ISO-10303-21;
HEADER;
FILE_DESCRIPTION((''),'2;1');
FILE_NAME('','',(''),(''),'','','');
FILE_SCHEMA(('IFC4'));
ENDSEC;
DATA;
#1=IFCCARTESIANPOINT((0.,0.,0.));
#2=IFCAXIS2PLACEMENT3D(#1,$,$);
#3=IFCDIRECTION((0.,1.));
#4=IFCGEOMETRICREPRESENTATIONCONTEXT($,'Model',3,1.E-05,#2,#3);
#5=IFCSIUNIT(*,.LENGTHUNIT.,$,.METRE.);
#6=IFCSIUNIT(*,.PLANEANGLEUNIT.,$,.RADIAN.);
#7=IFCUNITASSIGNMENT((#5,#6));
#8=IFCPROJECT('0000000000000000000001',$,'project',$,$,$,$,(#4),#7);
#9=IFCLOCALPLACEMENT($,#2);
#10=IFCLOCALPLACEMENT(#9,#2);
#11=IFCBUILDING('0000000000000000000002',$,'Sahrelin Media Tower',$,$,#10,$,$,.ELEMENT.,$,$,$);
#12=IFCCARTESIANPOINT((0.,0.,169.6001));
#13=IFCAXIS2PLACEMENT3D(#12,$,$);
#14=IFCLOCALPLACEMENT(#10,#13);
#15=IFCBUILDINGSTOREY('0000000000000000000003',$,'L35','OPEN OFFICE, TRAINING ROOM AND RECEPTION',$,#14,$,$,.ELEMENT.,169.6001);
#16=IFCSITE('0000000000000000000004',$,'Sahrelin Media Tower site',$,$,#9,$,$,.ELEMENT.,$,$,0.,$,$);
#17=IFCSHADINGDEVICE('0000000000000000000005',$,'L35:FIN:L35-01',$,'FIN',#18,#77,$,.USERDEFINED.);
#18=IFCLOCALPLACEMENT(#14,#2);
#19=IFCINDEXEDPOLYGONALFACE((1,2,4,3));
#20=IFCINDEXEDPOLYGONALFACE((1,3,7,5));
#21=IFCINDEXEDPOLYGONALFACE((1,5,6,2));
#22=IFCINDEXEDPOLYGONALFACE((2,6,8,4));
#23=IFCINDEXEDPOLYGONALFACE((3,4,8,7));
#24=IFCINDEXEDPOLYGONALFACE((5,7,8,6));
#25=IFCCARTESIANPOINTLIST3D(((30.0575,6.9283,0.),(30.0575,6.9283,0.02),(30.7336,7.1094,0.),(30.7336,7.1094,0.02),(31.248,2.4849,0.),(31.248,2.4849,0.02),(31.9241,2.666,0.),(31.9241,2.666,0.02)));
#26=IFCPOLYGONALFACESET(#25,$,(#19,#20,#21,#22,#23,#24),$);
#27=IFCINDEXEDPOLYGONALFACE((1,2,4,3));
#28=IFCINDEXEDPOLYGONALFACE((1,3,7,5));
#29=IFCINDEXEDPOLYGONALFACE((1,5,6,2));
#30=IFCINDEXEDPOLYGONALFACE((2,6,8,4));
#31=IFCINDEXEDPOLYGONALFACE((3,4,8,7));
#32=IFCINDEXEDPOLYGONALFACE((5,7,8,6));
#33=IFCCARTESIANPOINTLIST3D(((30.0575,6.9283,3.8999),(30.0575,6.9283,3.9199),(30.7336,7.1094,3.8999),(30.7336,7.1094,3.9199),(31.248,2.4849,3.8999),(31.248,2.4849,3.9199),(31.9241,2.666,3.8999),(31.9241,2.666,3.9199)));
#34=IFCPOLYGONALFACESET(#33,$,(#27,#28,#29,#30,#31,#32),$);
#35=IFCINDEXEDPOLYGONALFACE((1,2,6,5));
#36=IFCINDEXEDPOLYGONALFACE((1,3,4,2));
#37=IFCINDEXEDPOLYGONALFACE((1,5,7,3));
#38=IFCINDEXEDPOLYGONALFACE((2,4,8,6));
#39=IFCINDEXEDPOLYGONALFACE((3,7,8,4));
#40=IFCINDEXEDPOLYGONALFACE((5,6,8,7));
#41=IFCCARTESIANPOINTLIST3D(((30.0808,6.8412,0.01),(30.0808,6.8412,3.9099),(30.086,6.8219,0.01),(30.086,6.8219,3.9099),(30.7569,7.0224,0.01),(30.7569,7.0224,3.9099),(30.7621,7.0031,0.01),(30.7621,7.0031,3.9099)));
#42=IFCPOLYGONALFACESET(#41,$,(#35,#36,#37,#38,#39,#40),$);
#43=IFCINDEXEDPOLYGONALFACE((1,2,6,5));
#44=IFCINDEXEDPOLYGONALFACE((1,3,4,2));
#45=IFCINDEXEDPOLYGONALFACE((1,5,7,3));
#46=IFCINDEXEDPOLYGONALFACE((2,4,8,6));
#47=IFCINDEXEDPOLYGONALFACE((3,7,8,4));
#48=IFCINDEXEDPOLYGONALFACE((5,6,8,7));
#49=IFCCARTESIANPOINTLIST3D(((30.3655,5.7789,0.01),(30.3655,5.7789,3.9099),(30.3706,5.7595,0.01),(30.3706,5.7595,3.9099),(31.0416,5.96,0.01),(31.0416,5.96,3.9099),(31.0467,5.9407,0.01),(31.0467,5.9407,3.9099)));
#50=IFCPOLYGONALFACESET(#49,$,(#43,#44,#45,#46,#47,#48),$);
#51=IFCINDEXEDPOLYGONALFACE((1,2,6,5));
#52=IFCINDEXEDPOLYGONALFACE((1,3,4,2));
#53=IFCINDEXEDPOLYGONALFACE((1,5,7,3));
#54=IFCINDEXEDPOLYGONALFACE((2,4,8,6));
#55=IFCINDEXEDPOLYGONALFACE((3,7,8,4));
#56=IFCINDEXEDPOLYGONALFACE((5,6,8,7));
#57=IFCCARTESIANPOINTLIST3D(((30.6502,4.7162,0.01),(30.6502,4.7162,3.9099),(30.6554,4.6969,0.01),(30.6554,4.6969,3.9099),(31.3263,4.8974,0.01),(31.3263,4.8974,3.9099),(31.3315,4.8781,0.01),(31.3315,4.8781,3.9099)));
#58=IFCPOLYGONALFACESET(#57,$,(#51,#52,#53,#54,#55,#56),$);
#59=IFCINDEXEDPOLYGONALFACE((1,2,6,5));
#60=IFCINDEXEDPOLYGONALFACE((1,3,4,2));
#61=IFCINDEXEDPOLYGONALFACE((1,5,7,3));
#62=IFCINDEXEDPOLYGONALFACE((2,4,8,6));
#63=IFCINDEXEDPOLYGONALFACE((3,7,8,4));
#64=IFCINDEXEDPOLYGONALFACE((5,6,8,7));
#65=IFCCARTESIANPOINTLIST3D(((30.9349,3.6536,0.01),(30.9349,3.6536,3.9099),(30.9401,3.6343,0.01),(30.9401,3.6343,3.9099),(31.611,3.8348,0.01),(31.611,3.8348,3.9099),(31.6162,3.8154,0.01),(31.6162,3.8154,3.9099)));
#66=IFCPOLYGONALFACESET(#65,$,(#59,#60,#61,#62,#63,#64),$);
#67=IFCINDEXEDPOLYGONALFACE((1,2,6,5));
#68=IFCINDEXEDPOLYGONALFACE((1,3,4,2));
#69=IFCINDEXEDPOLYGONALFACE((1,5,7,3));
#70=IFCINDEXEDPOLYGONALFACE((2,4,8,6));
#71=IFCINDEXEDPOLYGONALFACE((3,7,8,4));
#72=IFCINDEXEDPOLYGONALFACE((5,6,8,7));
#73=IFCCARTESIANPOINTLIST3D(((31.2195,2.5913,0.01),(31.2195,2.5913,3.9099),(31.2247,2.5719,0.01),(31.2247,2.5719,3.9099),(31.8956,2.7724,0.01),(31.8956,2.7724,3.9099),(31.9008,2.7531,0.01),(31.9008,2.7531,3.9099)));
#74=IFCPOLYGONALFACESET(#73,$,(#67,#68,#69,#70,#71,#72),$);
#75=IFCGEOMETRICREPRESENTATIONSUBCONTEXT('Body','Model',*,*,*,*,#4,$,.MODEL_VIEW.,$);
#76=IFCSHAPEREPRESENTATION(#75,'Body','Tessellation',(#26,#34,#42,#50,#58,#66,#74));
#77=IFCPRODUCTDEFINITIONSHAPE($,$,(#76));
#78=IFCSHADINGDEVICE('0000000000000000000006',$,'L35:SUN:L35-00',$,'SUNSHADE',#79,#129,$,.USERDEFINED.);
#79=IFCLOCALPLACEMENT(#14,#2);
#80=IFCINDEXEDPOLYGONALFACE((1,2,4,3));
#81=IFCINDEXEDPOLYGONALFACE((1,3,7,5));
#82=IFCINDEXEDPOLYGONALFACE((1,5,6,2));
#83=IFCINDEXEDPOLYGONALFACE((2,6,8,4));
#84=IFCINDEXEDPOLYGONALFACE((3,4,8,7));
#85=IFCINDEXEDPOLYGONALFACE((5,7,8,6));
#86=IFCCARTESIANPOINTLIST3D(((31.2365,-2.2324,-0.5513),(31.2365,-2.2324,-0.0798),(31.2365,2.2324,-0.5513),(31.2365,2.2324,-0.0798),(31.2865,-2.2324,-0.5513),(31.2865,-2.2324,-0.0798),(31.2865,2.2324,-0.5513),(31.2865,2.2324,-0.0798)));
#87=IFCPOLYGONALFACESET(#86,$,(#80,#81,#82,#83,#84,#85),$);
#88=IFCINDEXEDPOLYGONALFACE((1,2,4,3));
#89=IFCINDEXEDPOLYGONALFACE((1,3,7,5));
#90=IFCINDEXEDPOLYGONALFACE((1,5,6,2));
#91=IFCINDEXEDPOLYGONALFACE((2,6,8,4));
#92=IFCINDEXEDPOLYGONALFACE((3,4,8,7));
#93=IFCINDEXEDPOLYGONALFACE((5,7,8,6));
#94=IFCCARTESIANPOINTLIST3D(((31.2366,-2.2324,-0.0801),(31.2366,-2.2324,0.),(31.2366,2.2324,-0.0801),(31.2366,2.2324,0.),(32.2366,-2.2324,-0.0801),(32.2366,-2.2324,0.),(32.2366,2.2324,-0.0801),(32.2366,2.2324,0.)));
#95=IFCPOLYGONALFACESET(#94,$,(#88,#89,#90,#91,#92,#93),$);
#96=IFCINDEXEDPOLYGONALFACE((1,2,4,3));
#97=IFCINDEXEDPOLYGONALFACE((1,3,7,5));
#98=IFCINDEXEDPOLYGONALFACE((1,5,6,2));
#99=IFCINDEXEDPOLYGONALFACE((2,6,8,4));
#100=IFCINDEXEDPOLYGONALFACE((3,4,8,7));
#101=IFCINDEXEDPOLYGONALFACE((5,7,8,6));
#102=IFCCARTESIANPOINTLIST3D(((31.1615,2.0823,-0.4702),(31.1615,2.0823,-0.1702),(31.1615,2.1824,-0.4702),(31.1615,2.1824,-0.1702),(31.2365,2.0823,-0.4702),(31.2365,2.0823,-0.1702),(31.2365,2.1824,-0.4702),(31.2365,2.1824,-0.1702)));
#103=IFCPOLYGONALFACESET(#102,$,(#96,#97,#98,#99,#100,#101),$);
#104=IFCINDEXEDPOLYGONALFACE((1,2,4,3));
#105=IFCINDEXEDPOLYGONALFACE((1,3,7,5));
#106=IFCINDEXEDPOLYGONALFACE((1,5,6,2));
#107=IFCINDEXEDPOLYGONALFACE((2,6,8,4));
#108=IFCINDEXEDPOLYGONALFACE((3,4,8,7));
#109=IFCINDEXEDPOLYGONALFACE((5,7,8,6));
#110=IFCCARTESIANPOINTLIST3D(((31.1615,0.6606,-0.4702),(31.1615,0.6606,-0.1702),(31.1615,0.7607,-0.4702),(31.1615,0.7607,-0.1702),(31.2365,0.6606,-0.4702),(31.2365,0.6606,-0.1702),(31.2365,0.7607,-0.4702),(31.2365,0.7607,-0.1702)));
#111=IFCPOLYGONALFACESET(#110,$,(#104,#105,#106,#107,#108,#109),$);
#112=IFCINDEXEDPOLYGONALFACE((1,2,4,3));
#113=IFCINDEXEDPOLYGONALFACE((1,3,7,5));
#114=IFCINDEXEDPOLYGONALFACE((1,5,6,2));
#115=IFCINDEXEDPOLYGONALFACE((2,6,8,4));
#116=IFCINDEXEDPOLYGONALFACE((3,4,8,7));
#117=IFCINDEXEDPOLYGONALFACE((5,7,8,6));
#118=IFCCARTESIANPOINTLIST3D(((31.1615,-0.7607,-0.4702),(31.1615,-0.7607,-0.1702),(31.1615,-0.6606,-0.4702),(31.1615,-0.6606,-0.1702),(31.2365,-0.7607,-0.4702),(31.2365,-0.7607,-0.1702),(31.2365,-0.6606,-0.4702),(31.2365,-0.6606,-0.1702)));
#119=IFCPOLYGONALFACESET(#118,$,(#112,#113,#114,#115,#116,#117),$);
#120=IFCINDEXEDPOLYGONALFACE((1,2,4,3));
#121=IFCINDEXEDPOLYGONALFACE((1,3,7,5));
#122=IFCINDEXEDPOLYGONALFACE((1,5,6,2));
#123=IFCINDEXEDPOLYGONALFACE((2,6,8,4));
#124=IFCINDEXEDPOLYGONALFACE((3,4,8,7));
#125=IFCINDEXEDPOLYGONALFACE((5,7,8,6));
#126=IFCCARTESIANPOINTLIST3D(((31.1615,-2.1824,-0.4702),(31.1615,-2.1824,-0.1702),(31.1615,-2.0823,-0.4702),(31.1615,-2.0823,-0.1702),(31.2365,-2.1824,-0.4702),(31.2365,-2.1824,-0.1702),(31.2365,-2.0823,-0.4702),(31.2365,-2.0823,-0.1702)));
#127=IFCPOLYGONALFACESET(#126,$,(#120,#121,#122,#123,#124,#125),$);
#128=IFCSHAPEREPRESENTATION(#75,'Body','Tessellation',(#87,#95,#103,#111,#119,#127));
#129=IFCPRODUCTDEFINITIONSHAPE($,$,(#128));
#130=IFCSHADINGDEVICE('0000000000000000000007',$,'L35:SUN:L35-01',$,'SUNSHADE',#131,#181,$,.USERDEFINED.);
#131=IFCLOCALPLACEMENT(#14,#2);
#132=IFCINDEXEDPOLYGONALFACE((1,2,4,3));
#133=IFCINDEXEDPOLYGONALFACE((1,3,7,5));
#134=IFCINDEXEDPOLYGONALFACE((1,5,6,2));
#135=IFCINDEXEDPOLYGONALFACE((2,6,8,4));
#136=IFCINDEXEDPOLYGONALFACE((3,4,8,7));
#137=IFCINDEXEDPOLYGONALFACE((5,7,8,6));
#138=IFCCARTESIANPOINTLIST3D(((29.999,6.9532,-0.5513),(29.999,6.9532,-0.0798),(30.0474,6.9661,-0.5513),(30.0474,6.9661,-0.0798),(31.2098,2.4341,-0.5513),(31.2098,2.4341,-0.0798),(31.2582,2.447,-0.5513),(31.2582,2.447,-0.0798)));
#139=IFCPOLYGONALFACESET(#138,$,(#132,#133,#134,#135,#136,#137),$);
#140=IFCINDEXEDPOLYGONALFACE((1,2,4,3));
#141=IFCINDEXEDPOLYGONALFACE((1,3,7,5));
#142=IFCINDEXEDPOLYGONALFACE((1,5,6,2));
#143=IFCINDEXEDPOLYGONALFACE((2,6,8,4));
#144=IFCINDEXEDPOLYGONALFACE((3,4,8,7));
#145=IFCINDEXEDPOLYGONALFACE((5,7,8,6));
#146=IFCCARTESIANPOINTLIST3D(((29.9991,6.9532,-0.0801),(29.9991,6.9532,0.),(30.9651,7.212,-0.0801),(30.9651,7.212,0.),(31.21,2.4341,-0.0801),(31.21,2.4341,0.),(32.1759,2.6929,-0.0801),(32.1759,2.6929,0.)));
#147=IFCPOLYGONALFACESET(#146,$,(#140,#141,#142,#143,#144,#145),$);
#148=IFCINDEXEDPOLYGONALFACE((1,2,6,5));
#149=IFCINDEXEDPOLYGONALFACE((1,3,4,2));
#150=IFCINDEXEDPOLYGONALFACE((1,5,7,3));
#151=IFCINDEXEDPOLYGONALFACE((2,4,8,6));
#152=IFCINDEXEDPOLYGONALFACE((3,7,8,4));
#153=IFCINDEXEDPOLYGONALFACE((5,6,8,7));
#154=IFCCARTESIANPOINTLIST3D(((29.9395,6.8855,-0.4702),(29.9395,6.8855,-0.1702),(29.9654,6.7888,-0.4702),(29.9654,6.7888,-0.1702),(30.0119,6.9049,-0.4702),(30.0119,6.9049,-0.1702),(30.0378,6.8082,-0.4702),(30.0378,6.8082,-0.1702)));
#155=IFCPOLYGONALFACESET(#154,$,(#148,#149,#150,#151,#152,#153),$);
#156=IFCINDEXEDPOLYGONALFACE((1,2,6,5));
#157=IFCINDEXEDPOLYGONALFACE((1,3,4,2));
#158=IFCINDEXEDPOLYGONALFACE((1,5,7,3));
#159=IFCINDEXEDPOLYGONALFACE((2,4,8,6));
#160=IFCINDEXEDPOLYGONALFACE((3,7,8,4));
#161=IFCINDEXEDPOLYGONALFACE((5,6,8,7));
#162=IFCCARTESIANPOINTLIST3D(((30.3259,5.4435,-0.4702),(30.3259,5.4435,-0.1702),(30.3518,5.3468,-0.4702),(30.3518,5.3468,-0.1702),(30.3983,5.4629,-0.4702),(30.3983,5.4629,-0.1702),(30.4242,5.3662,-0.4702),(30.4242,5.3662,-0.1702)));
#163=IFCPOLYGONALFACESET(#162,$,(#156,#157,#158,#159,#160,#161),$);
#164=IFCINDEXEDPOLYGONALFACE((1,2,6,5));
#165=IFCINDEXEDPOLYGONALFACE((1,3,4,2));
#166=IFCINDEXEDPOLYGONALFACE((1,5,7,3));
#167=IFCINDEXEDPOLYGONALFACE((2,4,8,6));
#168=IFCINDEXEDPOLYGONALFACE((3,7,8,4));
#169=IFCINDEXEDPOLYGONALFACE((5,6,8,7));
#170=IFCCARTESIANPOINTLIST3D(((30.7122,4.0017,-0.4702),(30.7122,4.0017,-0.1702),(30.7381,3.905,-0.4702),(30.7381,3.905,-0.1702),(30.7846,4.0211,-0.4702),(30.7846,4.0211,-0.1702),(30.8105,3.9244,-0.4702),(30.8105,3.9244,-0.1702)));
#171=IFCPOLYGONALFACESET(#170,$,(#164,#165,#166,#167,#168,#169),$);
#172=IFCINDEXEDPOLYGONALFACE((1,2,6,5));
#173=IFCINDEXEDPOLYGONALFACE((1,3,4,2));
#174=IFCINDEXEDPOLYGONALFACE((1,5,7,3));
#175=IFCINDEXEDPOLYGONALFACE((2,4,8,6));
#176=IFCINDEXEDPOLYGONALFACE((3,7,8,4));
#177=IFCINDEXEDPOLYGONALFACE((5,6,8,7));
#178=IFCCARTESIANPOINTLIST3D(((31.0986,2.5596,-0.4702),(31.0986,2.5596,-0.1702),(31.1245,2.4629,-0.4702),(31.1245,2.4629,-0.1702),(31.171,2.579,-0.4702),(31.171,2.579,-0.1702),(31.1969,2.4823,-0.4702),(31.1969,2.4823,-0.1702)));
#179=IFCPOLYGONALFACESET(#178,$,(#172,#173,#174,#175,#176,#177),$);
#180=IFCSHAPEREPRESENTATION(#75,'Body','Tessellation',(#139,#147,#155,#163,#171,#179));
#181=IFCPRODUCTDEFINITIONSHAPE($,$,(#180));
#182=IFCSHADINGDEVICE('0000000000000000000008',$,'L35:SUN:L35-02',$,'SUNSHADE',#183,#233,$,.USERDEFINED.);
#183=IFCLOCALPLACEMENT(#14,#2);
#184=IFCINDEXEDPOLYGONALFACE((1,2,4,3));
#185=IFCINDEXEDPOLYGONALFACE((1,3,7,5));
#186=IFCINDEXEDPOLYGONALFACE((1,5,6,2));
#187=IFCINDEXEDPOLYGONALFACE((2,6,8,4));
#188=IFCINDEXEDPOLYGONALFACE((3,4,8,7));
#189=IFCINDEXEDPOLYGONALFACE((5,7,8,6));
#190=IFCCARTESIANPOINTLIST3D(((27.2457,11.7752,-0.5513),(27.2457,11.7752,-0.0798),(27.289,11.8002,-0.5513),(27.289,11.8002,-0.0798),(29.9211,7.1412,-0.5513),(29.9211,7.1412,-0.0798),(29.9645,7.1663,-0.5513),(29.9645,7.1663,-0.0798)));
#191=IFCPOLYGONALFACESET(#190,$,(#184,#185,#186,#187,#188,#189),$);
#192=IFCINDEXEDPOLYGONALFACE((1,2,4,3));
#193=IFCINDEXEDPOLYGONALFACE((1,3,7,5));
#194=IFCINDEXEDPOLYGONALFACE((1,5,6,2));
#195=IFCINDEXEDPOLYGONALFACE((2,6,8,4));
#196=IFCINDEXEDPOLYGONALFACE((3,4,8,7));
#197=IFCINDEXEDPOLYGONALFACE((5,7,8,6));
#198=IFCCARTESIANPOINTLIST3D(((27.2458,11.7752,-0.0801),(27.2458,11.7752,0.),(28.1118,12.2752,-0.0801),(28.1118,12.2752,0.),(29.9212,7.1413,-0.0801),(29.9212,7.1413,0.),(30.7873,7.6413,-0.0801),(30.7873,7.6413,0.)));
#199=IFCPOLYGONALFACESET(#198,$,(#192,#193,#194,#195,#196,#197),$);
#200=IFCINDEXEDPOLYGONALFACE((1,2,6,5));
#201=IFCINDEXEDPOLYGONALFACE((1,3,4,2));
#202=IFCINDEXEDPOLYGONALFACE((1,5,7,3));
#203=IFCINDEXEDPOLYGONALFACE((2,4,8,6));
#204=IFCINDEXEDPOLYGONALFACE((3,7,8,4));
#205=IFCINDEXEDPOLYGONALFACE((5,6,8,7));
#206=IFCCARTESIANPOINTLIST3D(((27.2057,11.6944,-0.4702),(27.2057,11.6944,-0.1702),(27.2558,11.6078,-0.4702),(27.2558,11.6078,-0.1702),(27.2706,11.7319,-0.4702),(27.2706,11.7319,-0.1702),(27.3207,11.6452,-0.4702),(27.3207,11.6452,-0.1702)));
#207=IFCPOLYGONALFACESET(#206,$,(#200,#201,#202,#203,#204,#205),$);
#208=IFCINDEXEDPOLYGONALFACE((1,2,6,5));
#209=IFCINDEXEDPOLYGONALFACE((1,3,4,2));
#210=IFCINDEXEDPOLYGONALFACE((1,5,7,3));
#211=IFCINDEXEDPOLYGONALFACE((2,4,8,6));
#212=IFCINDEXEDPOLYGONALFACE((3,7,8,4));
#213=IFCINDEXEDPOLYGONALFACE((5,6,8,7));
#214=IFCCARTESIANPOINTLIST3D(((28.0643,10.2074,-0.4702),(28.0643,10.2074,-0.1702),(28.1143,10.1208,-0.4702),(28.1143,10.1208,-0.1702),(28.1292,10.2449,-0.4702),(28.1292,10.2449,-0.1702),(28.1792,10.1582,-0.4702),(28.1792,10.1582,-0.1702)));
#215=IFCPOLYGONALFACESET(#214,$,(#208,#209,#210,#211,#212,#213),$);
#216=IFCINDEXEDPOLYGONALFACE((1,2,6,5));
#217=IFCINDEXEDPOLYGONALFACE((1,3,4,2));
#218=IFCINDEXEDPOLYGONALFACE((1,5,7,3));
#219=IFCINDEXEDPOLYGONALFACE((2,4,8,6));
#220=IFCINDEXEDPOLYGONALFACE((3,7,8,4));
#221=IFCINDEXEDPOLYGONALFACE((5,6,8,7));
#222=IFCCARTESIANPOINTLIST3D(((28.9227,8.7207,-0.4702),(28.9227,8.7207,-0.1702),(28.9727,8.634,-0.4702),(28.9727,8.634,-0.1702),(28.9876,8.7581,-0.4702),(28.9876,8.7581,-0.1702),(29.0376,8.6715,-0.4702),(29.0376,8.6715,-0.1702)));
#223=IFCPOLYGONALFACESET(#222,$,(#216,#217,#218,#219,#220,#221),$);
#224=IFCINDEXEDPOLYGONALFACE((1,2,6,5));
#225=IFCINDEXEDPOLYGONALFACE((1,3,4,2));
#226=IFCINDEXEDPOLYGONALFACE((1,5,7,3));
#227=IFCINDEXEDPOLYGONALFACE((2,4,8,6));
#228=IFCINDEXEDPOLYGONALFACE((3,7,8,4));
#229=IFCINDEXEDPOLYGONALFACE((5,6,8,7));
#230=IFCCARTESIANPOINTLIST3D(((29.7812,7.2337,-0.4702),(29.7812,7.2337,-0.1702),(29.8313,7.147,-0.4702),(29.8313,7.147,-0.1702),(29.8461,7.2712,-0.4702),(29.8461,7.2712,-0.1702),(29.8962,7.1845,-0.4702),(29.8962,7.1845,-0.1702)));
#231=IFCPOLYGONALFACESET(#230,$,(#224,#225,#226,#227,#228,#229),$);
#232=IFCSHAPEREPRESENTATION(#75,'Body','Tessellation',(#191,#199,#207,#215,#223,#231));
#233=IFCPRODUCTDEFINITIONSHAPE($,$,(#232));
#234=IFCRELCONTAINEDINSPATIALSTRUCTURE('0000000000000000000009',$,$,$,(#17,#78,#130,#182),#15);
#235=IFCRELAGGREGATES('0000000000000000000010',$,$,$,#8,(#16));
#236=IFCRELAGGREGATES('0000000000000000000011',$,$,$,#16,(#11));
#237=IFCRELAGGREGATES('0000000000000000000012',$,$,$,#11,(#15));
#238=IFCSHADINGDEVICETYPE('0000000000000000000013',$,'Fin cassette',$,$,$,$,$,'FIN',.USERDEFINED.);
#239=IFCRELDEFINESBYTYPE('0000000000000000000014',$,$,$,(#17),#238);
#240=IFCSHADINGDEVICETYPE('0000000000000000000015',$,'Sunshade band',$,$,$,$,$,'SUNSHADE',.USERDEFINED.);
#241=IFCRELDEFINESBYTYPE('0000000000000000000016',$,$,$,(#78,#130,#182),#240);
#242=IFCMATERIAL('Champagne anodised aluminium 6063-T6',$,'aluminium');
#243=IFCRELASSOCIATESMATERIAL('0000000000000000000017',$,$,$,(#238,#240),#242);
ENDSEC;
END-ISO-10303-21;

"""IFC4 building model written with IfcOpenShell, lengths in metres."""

from ifc_helpers import new_model, si_unit, direction, frame, origin, origin_2d, place, context, subcontext, project, spatial, rectangle, extrude, material, type_object, element, save


model = new_model("IFC4")

# Units and contexts
model_context = context("Model", 3, precision=1e-05, world=origin(), true_north=direction((0.0, 1.0)))
body_context = subcontext(model_context, "Body", "Model", "MODEL_VIEW")
ifc_project = project(units=[si_unit("LENGTHUNIT", "METRE"), si_unit("PLANEANGLEUNIT", "RADIAN")], contexts=[model_context])

# Site, building, storey
site_placement = place(None, origin())
site = spatial("IfcSite", under=ifc_project, at=site_placement, Name="Sahrelin Media Tower site", CompositionType="ELEMENT", RefElevation=0.0)
building_placement = place(site_placement, origin())
building = spatial("IfcBuilding", under=site, at=building_placement, Name="Sahrelin Media Tower", CompositionType="ELEMENT")
storey_placement = place(building_placement, frame((0.0, 0.0, 169.6001)))
storey = spatial("IfcBuildingStorey", under=building, at=storey_placement, Name="L35", Description="OPEN OFFICE, TRAINING ROOM AND RECEPTION", CompositionType="ELEMENT", Elevation=169.6001)

# Shared definitions
ifc_material_1 = material(Name="Champagne anodised aluminium 6063-T6", Category="aluminium")

# Shading devices
shading_device_type_1 = type_object("IfcShadingDeviceType", Name="Fin cassette", ElementType="FIN", PredefinedType="USERDEFINED", material=ifc_material_1)
placement_1 = place(storey_placement, frame((31.2166, 0.0, 0.0), z_axis=(0.0, 0.0, 1.0), x_axis=(0.0, -1.0, 0.0)))
placement_2 = place(storey_placement, frame((30.5852, 4.6885, 0.0), z_axis=(0.0, 0.0, 1.0), x_axis=(0.258808, -0.965929, 0.0)))
element("IfcShadingDevice", 1, at=placement_2, inside=storey, type_object=shading_device_type_1, Name="L35:FIN:L35-01", ObjectType="FIN", PredefinedType="USERDEFINED", context=body_context, shape_type="SweptSolid", body=[
    extrude(rectangle(XDim=4.6001, YDim=0.7, at=origin_2d()), frame((0.0, 0.4199, 0.0)), (0.0, 0.0, 1.0), 0.02),
    extrude(rectangle(XDim=4.6001, YDim=0.7, at=origin_2d()), frame((0.0, 0.4199, 3.8999)), (0.0, 0.0, 1.0), 0.02),
    extrude(rectangle(XDim=0.02, YDim=0.7, at=origin_2d()), frame((-2.2, 0.4199, 0.01), z_axis=(0.0, 0.0, 1.0), x_axis=(1.0, 0.0, 0.0)), (0.0, 0.0, 1.0), 3.8999),
    extrude(rectangle(XDim=0.02, YDim=0.7, at=origin_2d()), frame((-1.1001, 0.4199, 0.01), z_axis=(0.0, 0.0, 1.0), x_axis=(1.0, 0.0, 0.0)), (0.0, 0.0, 1.0), 3.8999),
    extrude(rectangle(XDim=0.02, YDim=0.7, at=origin_2d()), frame((0.0, 0.4199, 0.01), z_axis=(0.0, 0.0, 1.0), x_axis=(1.0, 0.0, 0.0)), (0.0, 0.0, 1.0), 3.8999),
    extrude(rectangle(XDim=0.02, YDim=0.7, at=origin_2d()), frame((1.1001, 0.4199, 0.01), z_axis=(0.0, 0.0, 1.0), x_axis=(1.0, 0.0, 0.0)), (0.0, 0.0, 1.0), 3.8999),
    extrude(rectangle(XDim=0.02, YDim=0.7, at=origin_2d()), frame((2.2, 0.4199, 0.01), z_axis=(0.0, 0.0, 1.0), x_axis=(1.0, 0.0, 0.0)), (0.0, 0.0, 1.0), 3.8999),
])
shading_device_type_2 = type_object("IfcShadingDeviceType", Name="Sunshade band", ElementType="SUNSHADE", PredefinedType="USERDEFINED", material=ifc_material_1)
element("IfcShadingDevice", 2, at=placement_1, inside=storey, type_object=shading_device_type_2, Name="L35:SUN:L35-00", ObjectType="SUNSHADE", PredefinedType="USERDEFINED", context=body_context, shape_type="SweptSolid", body=[
    extrude(rectangle(XDim=4.4648, YDim=0.05, at=origin_2d()), frame((0.0, 0.0449, -0.5513)), (0.0, 0.0, 1.0), 0.4714),
    extrude(rectangle(XDim=4.4648, YDim=1.0, at=origin_2d()), frame((0.0, 0.52, -0.0801)), (0.0, 0.0, 1.0), 0.0801),
    extrude(rectangle(XDim=0.1001, YDim=0.075, at=origin_2d()), frame((-2.1323, -0.0176, -0.4702)), (0.0, 0.0, 1.0), 0.3),
    extrude(rectangle(XDim=0.1001, YDim=0.075, at=origin_2d()), frame((-0.7107, -0.0176, -0.4702)), (0.0, 0.0, 1.0), 0.3),
    extrude(rectangle(XDim=0.1001, YDim=0.075, at=origin_2d()), frame((0.7107, -0.0176, -0.4702)), (0.0, 0.0, 1.0), 0.3),
    extrude(rectangle(XDim=0.1001, YDim=0.075, at=origin_2d()), frame((2.1323, -0.0176, -0.4702)), (0.0, 0.0, 1.0), 0.3),
])
element("IfcShadingDevice", 3, at=placement_2, inside=storey, type_object=shading_device_type_2, Name="L35:SUN:L35-01", ObjectType="SUNSHADE", PredefinedType="USERDEFINED", context=body_context, shape_type="SweptSolid", body=[
    extrude(rectangle(XDim=4.6785, YDim=0.05, at=origin_2d()), frame((0.0, 0.0449, -0.5513)), (0.0, 0.0, 1.0), 0.4714),
    extrude(rectangle(XDim=4.6785, YDim=1.0, at=origin_2d()), frame((0.0, 0.52, -0.0801)), (0.0, 0.0, 1.0), 0.0801),
    extrude(rectangle(XDim=0.1001, YDim=0.075, at=origin_2d()), frame((-2.2393, -0.0176, -0.4702)), (0.0, 0.0, 1.0), 0.3),
    extrude(rectangle(XDim=0.1001, YDim=0.075, at=origin_2d()), frame((-0.7463, -0.0176, -0.4702)), (0.0, 0.0, 1.0), 0.3),
    extrude(rectangle(XDim=0.1001, YDim=0.075, at=origin_2d()), frame((0.7463, -0.0176, -0.4702)), (0.0, 0.0, 1.0), 0.3),
    extrude(rectangle(XDim=0.1001, YDim=0.075, at=origin_2d()), frame((2.2393, -0.0176, -0.4702)), (0.0, 0.0, 1.0), 0.3),
])
shading_device_1_placement = place(storey_placement, frame((28.5662, 9.4482, 0.0), z_axis=(0.0, 0.0, 1.0), x_axis=(0.500011, -0.866019, 0.0)))
element("IfcShadingDevice", 4, at=shading_device_1_placement, inside=storey, type_object=shading_device_type_2, Name="L35:SUN:L35-02", ObjectType="SUNSHADE", PredefinedType="USERDEFINED", context=body_context, shape_type="SweptSolid", body=[
    extrude(rectangle(XDim=5.3508, YDim=0.05, at=origin_2d()), frame((0.0, 0.0449, -0.5513)), (0.0, 0.0, 1.0), 0.4714),
    extrude(rectangle(XDim=5.3508, YDim=1.0, at=origin_2d()), frame((0.0, 0.52, -0.0801)), (0.0, 0.0, 1.0), 0.0801),
    extrude(rectangle(XDim=0.1001, YDim=0.075, at=origin_2d()), frame((-2.5754, -0.0176, -0.4702)), (0.0, 0.0, 1.0), 0.3),
    extrude(rectangle(XDim=0.1001, YDim=0.075, at=origin_2d()), frame((-0.8584, -0.0176, -0.4702)), (0.0, 0.0, 1.0), 0.3),
    extrude(rectangle(XDim=0.1001, YDim=0.075, at=origin_2d()), frame((0.8584, -0.0176, -0.4702)), (0.0, 0.0, 1.0), 0.3),
    extrude(rectangle(XDim=0.1001, YDim=0.075, at=origin_2d()), frame((2.5754, -0.0176, -0.4702)), (0.0, 0.0, 1.0), 0.3),
])

save(model, "model.ifc")
